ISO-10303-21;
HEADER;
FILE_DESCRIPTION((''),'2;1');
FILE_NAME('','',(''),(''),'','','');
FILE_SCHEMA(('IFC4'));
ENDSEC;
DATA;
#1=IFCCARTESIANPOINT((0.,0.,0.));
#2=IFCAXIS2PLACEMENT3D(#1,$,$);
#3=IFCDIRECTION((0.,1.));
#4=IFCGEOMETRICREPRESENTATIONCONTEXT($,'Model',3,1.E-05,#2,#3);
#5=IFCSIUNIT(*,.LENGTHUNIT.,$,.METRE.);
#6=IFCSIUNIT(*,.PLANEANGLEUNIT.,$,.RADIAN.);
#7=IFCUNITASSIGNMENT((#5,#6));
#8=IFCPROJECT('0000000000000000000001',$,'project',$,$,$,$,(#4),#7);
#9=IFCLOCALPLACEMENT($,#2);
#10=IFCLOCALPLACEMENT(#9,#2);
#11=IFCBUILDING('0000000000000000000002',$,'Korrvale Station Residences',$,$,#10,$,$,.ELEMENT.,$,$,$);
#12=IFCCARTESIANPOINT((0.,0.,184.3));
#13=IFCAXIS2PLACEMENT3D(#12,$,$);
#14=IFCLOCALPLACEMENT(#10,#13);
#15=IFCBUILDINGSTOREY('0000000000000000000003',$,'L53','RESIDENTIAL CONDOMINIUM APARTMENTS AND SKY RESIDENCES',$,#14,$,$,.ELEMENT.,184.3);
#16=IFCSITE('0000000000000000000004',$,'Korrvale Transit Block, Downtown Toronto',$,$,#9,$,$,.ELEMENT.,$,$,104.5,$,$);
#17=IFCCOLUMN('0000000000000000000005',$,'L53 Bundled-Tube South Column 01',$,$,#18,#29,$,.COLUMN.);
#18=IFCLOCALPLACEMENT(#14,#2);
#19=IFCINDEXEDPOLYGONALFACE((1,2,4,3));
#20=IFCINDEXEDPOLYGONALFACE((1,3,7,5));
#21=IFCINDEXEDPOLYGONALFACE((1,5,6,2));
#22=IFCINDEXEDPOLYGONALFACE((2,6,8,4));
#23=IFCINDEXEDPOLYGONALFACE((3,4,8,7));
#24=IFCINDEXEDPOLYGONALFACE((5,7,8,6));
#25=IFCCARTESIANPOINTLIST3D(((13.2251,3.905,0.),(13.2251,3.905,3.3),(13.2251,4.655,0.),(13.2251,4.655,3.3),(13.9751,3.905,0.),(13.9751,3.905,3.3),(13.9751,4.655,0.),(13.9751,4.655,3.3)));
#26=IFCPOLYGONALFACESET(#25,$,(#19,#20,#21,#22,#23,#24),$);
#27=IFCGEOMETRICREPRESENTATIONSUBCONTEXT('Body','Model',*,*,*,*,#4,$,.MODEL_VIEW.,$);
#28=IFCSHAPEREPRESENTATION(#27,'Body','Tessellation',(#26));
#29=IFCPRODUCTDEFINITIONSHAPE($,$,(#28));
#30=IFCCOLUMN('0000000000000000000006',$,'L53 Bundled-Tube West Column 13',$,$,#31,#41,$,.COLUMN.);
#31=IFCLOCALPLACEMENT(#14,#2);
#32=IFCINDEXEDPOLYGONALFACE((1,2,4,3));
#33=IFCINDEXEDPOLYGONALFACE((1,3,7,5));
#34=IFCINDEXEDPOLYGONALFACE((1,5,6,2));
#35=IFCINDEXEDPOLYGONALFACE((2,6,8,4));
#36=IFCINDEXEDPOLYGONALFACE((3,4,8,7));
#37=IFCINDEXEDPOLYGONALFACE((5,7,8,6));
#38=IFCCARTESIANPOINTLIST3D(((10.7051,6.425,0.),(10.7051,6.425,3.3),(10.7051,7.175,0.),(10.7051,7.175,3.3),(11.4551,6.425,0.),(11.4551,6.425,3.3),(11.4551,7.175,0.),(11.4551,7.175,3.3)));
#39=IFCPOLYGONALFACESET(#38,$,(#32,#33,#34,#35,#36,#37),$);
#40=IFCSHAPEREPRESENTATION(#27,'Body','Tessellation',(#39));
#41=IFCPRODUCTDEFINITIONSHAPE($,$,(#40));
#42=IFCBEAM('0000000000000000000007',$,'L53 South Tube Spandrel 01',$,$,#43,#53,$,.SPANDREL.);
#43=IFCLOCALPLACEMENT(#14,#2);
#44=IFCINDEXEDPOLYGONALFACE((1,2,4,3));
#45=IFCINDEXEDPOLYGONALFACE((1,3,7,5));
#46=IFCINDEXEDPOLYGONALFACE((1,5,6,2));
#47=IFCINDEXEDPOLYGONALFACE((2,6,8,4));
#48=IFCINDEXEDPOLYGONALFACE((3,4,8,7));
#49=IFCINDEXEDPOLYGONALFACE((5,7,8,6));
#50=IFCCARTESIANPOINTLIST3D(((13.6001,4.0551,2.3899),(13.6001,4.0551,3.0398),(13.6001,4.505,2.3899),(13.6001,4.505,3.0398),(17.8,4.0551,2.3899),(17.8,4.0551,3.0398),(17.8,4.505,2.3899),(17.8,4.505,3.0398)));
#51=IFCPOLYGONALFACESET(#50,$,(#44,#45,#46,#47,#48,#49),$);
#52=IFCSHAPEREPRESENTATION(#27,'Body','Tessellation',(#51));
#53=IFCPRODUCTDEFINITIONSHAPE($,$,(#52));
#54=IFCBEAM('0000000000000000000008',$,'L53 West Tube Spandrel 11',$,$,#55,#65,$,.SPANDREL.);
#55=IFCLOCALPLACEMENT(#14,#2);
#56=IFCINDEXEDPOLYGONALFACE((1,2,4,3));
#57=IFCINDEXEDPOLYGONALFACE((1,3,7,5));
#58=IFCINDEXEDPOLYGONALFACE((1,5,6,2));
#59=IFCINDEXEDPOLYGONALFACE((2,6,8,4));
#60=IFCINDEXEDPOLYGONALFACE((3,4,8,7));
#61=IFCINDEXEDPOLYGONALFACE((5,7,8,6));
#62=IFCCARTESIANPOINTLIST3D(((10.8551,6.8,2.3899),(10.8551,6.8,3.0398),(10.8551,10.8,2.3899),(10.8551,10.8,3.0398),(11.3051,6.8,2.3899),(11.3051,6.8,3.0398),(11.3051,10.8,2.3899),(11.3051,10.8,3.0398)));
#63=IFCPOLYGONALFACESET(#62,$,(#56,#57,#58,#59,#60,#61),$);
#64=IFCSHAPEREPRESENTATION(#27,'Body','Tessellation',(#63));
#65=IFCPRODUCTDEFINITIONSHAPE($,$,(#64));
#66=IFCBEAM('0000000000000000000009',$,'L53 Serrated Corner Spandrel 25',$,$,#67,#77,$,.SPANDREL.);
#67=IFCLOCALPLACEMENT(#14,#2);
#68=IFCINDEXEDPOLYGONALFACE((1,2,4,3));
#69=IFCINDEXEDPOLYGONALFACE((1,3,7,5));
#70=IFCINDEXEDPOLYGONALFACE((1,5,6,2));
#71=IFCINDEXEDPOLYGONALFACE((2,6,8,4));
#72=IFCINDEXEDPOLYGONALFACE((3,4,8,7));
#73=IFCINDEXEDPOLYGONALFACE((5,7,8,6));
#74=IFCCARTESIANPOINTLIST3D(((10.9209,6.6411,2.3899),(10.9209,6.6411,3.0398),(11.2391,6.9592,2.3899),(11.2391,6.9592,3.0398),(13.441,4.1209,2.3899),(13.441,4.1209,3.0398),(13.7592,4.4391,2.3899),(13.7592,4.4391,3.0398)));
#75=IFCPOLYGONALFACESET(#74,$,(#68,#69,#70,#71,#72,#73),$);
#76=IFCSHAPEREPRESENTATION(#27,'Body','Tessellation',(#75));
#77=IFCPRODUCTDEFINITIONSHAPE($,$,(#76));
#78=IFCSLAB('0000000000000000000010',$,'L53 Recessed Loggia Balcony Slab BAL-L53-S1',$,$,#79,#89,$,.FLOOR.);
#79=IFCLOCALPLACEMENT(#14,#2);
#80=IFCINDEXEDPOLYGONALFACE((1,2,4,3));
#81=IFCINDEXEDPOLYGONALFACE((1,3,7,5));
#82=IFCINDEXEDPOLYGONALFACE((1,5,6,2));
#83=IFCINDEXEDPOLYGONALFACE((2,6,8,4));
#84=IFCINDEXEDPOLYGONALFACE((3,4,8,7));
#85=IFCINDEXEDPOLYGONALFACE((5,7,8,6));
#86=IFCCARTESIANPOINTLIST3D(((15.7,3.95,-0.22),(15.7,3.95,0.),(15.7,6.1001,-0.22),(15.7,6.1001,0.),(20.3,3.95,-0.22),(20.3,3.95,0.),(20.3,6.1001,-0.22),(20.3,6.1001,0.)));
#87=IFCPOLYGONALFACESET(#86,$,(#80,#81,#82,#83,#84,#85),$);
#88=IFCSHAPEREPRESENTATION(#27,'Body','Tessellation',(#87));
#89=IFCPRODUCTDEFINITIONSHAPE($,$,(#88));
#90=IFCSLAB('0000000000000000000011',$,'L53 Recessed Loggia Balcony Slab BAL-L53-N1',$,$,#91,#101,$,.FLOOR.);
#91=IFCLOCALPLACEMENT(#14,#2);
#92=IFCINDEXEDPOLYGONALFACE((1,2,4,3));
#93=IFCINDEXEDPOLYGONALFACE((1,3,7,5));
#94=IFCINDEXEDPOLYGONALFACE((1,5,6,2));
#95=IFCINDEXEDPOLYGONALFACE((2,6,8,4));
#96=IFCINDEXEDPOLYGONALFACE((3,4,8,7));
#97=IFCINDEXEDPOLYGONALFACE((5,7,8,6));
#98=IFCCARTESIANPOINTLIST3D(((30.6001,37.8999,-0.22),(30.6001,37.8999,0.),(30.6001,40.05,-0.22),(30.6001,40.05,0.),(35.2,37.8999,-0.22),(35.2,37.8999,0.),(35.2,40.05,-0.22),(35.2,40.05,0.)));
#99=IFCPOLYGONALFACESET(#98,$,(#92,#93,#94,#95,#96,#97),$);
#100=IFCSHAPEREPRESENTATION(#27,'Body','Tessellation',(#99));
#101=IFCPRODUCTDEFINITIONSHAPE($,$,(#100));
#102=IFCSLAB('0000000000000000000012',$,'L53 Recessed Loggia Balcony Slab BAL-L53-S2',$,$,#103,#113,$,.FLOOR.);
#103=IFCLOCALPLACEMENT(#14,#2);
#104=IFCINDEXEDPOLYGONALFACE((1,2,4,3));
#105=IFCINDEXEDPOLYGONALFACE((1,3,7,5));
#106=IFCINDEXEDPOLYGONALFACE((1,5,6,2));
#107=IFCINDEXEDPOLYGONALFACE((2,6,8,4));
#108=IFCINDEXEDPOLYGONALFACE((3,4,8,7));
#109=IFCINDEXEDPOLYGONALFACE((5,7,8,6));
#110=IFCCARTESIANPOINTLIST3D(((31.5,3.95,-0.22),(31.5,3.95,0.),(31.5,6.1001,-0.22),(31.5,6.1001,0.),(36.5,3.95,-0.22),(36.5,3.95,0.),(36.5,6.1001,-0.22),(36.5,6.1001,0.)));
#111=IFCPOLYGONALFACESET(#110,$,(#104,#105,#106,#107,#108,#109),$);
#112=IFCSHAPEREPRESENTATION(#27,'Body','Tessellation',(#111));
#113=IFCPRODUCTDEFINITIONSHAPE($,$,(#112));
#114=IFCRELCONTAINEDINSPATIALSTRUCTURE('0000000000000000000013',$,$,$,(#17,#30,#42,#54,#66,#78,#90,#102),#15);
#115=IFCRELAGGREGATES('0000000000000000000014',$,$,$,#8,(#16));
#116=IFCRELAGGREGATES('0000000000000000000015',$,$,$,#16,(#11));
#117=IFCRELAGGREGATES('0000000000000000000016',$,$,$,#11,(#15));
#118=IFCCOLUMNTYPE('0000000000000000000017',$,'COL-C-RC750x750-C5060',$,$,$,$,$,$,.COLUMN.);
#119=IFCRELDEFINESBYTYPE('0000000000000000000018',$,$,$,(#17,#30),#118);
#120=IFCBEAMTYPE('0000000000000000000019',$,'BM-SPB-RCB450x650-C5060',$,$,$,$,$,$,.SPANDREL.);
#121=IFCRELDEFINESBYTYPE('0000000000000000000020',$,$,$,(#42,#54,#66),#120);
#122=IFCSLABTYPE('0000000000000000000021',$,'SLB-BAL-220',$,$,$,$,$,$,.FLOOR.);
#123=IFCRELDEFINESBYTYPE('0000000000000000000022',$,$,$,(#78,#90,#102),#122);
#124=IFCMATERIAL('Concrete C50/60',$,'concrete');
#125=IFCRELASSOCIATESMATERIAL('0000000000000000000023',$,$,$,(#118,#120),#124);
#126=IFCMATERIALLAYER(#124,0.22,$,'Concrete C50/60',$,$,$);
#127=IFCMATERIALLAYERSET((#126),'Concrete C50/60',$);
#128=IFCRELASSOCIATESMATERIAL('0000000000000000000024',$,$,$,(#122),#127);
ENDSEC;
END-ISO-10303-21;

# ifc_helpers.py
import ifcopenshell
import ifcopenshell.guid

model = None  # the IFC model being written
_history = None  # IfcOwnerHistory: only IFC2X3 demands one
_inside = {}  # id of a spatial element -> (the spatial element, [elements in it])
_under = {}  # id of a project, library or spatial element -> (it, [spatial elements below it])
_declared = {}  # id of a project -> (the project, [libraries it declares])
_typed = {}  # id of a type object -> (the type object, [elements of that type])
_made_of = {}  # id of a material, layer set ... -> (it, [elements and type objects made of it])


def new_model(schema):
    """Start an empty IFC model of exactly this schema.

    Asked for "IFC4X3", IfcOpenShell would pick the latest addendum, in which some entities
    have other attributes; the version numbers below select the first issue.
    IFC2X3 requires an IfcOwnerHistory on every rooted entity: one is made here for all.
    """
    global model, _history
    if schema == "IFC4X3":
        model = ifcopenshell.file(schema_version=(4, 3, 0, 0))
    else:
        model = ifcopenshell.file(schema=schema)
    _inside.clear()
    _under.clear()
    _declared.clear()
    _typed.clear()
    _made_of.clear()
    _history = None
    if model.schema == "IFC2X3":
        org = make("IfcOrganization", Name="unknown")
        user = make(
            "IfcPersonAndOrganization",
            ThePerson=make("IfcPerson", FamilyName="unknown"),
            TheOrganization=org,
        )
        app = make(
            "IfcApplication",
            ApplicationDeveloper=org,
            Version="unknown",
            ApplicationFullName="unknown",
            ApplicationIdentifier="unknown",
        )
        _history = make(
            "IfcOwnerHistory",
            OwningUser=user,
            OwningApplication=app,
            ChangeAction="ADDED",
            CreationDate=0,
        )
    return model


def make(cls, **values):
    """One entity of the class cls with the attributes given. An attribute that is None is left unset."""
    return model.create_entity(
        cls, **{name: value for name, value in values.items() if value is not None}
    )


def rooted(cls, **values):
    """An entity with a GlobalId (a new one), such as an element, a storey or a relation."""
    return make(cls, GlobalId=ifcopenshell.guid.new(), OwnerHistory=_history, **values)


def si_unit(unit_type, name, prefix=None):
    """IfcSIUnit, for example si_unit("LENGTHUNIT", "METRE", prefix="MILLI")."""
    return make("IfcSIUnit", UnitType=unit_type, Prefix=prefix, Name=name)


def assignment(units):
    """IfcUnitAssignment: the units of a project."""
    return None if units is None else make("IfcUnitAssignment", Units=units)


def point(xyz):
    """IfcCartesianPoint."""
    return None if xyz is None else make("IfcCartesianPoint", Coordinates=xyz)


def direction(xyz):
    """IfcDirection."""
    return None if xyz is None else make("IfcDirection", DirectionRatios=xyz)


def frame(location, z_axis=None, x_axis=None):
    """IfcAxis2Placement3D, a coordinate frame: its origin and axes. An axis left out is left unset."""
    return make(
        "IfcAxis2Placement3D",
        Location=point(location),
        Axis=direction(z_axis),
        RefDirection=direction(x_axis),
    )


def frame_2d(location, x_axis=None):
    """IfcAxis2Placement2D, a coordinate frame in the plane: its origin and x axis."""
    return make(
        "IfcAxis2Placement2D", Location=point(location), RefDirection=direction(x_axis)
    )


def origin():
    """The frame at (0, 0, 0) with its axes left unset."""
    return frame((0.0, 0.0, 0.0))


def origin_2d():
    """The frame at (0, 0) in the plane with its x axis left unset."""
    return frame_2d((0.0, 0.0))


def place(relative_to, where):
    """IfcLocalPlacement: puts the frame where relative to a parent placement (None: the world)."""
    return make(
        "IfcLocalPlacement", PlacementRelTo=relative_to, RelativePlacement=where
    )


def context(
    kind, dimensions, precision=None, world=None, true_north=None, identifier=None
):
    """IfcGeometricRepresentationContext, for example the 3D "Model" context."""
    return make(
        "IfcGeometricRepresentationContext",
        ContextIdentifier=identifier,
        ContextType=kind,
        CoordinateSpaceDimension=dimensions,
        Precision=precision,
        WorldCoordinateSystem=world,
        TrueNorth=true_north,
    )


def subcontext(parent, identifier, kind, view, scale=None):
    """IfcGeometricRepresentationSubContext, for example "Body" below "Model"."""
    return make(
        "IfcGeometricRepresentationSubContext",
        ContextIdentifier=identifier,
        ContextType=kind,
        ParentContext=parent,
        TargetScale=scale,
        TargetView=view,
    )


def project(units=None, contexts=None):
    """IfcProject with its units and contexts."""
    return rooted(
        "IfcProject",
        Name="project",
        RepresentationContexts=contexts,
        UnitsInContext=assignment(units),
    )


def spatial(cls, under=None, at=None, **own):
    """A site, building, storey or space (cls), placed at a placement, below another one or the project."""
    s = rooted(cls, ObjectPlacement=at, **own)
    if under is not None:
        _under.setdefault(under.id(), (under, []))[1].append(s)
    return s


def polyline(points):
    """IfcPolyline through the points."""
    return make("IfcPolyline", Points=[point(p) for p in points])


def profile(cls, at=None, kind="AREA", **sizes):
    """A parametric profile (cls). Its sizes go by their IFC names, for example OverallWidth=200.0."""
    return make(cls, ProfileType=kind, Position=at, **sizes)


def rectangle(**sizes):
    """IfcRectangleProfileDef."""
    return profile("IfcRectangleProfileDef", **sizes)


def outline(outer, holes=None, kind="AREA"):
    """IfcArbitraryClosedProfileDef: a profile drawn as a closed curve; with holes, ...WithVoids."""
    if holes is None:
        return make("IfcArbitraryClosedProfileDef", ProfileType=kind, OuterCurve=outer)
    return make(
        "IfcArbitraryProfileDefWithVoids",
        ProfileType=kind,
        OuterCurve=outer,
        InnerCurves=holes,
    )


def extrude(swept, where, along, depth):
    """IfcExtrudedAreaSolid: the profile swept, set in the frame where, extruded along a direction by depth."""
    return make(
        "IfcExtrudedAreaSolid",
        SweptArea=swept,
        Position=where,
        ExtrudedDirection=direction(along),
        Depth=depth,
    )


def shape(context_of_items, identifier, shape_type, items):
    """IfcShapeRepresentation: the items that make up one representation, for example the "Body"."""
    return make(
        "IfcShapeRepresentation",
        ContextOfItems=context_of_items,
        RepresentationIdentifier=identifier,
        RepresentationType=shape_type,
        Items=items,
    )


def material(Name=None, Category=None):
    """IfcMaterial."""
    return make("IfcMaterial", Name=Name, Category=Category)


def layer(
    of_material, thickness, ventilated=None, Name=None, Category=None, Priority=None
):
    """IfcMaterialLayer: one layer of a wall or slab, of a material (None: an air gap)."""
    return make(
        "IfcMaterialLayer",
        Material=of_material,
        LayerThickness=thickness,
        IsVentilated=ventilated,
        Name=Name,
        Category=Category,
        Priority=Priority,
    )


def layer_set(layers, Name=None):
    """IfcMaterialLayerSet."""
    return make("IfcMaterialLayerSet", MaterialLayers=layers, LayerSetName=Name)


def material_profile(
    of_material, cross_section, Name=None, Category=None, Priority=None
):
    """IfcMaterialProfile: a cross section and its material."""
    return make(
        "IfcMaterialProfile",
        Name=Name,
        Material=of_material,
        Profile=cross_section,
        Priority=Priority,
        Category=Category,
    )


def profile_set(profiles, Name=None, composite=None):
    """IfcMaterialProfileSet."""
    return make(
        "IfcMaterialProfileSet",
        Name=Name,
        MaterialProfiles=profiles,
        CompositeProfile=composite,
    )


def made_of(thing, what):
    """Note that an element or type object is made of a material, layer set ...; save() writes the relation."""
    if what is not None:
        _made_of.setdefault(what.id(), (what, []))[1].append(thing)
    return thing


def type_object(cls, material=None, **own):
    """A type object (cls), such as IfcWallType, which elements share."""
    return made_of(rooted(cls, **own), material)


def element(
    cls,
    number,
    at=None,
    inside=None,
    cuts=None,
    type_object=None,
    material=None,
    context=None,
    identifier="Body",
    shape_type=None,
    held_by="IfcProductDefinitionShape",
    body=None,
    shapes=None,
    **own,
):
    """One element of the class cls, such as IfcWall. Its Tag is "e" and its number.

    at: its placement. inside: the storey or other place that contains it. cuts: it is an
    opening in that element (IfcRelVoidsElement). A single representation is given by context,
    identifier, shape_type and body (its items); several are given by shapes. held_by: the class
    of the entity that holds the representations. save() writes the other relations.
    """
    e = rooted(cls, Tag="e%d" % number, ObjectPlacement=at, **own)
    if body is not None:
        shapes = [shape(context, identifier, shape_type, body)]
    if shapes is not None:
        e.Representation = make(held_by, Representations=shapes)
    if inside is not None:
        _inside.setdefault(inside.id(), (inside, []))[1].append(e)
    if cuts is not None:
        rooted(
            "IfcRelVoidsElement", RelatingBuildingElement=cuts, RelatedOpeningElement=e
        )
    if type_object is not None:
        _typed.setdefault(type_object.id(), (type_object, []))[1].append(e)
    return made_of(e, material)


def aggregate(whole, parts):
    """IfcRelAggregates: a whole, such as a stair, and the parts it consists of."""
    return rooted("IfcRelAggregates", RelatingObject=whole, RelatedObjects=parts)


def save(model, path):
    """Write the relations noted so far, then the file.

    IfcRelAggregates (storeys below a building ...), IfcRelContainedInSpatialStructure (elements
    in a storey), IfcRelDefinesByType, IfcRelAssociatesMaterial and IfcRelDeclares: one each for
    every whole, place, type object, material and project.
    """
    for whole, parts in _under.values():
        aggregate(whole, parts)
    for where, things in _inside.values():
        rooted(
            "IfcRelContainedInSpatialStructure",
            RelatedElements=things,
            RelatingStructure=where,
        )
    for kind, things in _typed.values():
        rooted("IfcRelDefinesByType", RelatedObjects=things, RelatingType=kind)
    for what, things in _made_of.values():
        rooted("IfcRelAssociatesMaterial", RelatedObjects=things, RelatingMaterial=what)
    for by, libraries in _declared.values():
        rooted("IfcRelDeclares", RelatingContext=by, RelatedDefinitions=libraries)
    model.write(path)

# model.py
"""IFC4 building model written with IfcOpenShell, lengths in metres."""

from ifc_helpers import new_model, si_unit, direction, frame, origin, origin_2d, place, context, subcontext, project, spatial, polyline, rectangle, outline, extrude, material, layer, layer_set, material_profile, profile_set, type_object, element, save


model = new_model("IFC4")

# Units and contexts
model_context = context("Model", 3, precision=1e-05, world=origin(), true_north=direction((0.0, 1.0)))
body_context = subcontext(model_context, "Body", "Model", "MODEL_VIEW")
ifc_project = project(units=[si_unit("LENGTHUNIT", "METRE"), si_unit("PLANEANGLEUNIT", "RADIAN")], contexts=[model_context])

# Site, building, storey
site_placement = place(None, origin())
site = spatial("IfcSite", under=ifc_project, at=site_placement, Name="Korrvale Transit Block, Downtown Toronto", CompositionType="ELEMENT", RefElevation=104.5)
building_placement = place(site_placement, origin())
building = spatial("IfcBuilding", under=site, at=building_placement, Name="Korrvale Station Residences", CompositionType="ELEMENT")
storey_placement = place(building_placement, frame((0.0, 0.0, 184.3)))
storey = spatial("IfcBuildingStorey", under=building, at=storey_placement, Name="L53", Description="RESIDENTIAL CONDOMINIUM APARTMENTS AND SKY RESIDENCES", CompositionType="ELEMENT", Elevation=184.3)

# Columns
ifc_material_1 = material(Name="Concrete C50/60", Category="concrete")
ifc_material_profile_1 = material_profile(ifc_material_1, rectangle(XDim=0.75, YDim=0.75, at=origin_2d()), Name="RC750x750")
ifc_profile_set_1 = profile_set([ifc_material_profile_1], Name="Concrete C50/60")
column_type = type_object("IfcColumnType", Name="COL-C-RC750x750-C5060", PredefinedType="COLUMN", material=ifc_profile_set_1)
for number, where, z_axis, x_axis, name in (
    (1, (13.6001, 4.28, 0.0), (0.0, 0.0, 1.0), (1.0, 0.0, 0.0), "L53 Bundled-Tube South Column 01"),
    (2, (11.0801, 6.8, 0.0), (0.0, 0.0, 1.0), (1.0, 0.0, 0.0), "L53 Bundled-Tube West Column 13"),
):
    element("IfcColumn", number, at=place(storey_placement, frame(where, z_axis=z_axis, x_axis=x_axis)), inside=storey, type_object=column_type, Name=name, PredefinedType="COLUMN", context=body_context, shape_type="SweptSolid", body=[
        extrude(rectangle(XDim=0.75, YDim=0.75, at=origin_2d()), origin(), (0.0, 0.0, 1.0), 3.3),
    ])

# Beams
ifc_material_profile_2 = material_profile(ifc_material_1, rectangle(XDim=0.45, YDim=0.6499, at=origin_2d()), Name="RCB450x650")
ifc_profile_set_2 = profile_set([ifc_material_profile_2], Name="Concrete C50/60")
beam_type = type_object("IfcBeamType", Name="BM-SPB-RCB450x650-C5060", PredefinedType="SPANDREL", material=ifc_profile_set_2)
beam_1_placement = place(storey_placement, frame((13.6001, 4.28, 2.7148), z_axis=(1.0, 0.0, 0.0), x_axis=(0.0, 1.0, 0.0)))
element("IfcBeam", 3, at=beam_1_placement, inside=storey, type_object=beam_type, Name="L53 South Tube Spandrel 01", PredefinedType="SPANDREL", context=body_context, shape_type="SweptSolid", body=[
    extrude(rectangle(XDim=0.45, YDim=0.6499, at=origin_2d()), origin(), (0.0, 0.0, 1.0), 4.2),
])
beam_2_placement = place(storey_placement, frame((11.0801, 6.8, 2.7148), z_axis=(0.0, 1.0, 0.0), x_axis=(-1.0, 0.0, 0.0)))
element("IfcBeam", 4, at=beam_2_placement, inside=storey, type_object=beam_type, Name="L53 West Tube Spandrel 11", PredefinedType="SPANDREL", context=body_context, shape_type="SweptSolid", body=[
    extrude(rectangle(XDim=0.45, YDim=0.6499, at=origin_2d()), origin(), (0.0, 0.0, 1.0), 4.0),
])
beam_3_placement = place(storey_placement, frame((13.6001, 4.28, 2.7148), z_axis=(-0.707107, 0.707107, 0.0), x_axis=(-0.707107, -0.707107, 0.0)))
element("IfcBeam", 5, at=beam_3_placement, inside=storey, type_object=beam_type, Name="L53 Serrated Corner Spandrel 25", PredefinedType="SPANDREL", context=body_context, shape_type="SweptSolid", body=[
    extrude(rectangle(XDim=0.45, YDim=0.6499, at=origin_2d()), origin(), (0.0, 0.0, 1.0), 3.564),
])

# Slabs
ifc_layer_1 = layer(ifc_material_1, 0.22, Name="Concrete C50/60")
ifc_layer_set_1 = layer_set([ifc_layer_1], Name="Concrete C50/60")
slab_type_1 = type_object("IfcSlabType", Name="SLB-BAL-220", PredefinedType="FLOOR", material=ifc_layer_set_1)
slab_1_placement = place(storey_placement, frame((0.0, 0.0, -0.22)))
element("IfcSlab", 6, at=slab_1_placement, inside=storey, type_object=slab_type_1, Name="L53 Recessed Loggia Balcony Slab BAL-L53-S1", PredefinedType="FLOOR", context=body_context, shape_type="SweptSolid", body=[
    extrude(outline(polyline([(15.7, 3.95), (20.3, 3.95), (20.3, 6.1001), (15.7, 6.1001), (15.7, 3.95)])), origin(), (0.0, 0.0, 1.0), 0.22),
])
slab_2_placement = place(storey_placement, frame((0.0, 0.0, -0.22)))
element("IfcSlab", 7, at=slab_2_placement, inside=storey, type_object=slab_type_1, Name="L53 Recessed Loggia Balcony Slab BAL-L53-N1", PredefinedType="FLOOR", context=body_context, shape_type="SweptSolid", body=[
    extrude(outline(polyline([(30.6001, 37.8999), (35.2, 37.8999), (35.2, 40.05), (30.6001, 40.05), (30.6001, 37.8999)])), origin(), (0.0, 0.0, 1.0), 0.22),
])
slab_3_placement = place(storey_placement, frame((0.0, 0.0, -0.22)))
element("IfcSlab", 8, at=slab_3_placement, inside=storey, type_object=slab_type_1, Name="L53 Recessed Loggia Balcony Slab BAL-L53-S2", PredefinedType="FLOOR", context=body_context, shape_type="SweptSolid", body=[
    extrude(outline(polyline([(31.5, 3.95), (36.5, 3.95), (36.5, 6.1001), (31.5, 6.1001), (31.5, 3.95)])), origin(), (0.0, 0.0, 1.0), 0.22),
])

save(model, "model.ifc")
